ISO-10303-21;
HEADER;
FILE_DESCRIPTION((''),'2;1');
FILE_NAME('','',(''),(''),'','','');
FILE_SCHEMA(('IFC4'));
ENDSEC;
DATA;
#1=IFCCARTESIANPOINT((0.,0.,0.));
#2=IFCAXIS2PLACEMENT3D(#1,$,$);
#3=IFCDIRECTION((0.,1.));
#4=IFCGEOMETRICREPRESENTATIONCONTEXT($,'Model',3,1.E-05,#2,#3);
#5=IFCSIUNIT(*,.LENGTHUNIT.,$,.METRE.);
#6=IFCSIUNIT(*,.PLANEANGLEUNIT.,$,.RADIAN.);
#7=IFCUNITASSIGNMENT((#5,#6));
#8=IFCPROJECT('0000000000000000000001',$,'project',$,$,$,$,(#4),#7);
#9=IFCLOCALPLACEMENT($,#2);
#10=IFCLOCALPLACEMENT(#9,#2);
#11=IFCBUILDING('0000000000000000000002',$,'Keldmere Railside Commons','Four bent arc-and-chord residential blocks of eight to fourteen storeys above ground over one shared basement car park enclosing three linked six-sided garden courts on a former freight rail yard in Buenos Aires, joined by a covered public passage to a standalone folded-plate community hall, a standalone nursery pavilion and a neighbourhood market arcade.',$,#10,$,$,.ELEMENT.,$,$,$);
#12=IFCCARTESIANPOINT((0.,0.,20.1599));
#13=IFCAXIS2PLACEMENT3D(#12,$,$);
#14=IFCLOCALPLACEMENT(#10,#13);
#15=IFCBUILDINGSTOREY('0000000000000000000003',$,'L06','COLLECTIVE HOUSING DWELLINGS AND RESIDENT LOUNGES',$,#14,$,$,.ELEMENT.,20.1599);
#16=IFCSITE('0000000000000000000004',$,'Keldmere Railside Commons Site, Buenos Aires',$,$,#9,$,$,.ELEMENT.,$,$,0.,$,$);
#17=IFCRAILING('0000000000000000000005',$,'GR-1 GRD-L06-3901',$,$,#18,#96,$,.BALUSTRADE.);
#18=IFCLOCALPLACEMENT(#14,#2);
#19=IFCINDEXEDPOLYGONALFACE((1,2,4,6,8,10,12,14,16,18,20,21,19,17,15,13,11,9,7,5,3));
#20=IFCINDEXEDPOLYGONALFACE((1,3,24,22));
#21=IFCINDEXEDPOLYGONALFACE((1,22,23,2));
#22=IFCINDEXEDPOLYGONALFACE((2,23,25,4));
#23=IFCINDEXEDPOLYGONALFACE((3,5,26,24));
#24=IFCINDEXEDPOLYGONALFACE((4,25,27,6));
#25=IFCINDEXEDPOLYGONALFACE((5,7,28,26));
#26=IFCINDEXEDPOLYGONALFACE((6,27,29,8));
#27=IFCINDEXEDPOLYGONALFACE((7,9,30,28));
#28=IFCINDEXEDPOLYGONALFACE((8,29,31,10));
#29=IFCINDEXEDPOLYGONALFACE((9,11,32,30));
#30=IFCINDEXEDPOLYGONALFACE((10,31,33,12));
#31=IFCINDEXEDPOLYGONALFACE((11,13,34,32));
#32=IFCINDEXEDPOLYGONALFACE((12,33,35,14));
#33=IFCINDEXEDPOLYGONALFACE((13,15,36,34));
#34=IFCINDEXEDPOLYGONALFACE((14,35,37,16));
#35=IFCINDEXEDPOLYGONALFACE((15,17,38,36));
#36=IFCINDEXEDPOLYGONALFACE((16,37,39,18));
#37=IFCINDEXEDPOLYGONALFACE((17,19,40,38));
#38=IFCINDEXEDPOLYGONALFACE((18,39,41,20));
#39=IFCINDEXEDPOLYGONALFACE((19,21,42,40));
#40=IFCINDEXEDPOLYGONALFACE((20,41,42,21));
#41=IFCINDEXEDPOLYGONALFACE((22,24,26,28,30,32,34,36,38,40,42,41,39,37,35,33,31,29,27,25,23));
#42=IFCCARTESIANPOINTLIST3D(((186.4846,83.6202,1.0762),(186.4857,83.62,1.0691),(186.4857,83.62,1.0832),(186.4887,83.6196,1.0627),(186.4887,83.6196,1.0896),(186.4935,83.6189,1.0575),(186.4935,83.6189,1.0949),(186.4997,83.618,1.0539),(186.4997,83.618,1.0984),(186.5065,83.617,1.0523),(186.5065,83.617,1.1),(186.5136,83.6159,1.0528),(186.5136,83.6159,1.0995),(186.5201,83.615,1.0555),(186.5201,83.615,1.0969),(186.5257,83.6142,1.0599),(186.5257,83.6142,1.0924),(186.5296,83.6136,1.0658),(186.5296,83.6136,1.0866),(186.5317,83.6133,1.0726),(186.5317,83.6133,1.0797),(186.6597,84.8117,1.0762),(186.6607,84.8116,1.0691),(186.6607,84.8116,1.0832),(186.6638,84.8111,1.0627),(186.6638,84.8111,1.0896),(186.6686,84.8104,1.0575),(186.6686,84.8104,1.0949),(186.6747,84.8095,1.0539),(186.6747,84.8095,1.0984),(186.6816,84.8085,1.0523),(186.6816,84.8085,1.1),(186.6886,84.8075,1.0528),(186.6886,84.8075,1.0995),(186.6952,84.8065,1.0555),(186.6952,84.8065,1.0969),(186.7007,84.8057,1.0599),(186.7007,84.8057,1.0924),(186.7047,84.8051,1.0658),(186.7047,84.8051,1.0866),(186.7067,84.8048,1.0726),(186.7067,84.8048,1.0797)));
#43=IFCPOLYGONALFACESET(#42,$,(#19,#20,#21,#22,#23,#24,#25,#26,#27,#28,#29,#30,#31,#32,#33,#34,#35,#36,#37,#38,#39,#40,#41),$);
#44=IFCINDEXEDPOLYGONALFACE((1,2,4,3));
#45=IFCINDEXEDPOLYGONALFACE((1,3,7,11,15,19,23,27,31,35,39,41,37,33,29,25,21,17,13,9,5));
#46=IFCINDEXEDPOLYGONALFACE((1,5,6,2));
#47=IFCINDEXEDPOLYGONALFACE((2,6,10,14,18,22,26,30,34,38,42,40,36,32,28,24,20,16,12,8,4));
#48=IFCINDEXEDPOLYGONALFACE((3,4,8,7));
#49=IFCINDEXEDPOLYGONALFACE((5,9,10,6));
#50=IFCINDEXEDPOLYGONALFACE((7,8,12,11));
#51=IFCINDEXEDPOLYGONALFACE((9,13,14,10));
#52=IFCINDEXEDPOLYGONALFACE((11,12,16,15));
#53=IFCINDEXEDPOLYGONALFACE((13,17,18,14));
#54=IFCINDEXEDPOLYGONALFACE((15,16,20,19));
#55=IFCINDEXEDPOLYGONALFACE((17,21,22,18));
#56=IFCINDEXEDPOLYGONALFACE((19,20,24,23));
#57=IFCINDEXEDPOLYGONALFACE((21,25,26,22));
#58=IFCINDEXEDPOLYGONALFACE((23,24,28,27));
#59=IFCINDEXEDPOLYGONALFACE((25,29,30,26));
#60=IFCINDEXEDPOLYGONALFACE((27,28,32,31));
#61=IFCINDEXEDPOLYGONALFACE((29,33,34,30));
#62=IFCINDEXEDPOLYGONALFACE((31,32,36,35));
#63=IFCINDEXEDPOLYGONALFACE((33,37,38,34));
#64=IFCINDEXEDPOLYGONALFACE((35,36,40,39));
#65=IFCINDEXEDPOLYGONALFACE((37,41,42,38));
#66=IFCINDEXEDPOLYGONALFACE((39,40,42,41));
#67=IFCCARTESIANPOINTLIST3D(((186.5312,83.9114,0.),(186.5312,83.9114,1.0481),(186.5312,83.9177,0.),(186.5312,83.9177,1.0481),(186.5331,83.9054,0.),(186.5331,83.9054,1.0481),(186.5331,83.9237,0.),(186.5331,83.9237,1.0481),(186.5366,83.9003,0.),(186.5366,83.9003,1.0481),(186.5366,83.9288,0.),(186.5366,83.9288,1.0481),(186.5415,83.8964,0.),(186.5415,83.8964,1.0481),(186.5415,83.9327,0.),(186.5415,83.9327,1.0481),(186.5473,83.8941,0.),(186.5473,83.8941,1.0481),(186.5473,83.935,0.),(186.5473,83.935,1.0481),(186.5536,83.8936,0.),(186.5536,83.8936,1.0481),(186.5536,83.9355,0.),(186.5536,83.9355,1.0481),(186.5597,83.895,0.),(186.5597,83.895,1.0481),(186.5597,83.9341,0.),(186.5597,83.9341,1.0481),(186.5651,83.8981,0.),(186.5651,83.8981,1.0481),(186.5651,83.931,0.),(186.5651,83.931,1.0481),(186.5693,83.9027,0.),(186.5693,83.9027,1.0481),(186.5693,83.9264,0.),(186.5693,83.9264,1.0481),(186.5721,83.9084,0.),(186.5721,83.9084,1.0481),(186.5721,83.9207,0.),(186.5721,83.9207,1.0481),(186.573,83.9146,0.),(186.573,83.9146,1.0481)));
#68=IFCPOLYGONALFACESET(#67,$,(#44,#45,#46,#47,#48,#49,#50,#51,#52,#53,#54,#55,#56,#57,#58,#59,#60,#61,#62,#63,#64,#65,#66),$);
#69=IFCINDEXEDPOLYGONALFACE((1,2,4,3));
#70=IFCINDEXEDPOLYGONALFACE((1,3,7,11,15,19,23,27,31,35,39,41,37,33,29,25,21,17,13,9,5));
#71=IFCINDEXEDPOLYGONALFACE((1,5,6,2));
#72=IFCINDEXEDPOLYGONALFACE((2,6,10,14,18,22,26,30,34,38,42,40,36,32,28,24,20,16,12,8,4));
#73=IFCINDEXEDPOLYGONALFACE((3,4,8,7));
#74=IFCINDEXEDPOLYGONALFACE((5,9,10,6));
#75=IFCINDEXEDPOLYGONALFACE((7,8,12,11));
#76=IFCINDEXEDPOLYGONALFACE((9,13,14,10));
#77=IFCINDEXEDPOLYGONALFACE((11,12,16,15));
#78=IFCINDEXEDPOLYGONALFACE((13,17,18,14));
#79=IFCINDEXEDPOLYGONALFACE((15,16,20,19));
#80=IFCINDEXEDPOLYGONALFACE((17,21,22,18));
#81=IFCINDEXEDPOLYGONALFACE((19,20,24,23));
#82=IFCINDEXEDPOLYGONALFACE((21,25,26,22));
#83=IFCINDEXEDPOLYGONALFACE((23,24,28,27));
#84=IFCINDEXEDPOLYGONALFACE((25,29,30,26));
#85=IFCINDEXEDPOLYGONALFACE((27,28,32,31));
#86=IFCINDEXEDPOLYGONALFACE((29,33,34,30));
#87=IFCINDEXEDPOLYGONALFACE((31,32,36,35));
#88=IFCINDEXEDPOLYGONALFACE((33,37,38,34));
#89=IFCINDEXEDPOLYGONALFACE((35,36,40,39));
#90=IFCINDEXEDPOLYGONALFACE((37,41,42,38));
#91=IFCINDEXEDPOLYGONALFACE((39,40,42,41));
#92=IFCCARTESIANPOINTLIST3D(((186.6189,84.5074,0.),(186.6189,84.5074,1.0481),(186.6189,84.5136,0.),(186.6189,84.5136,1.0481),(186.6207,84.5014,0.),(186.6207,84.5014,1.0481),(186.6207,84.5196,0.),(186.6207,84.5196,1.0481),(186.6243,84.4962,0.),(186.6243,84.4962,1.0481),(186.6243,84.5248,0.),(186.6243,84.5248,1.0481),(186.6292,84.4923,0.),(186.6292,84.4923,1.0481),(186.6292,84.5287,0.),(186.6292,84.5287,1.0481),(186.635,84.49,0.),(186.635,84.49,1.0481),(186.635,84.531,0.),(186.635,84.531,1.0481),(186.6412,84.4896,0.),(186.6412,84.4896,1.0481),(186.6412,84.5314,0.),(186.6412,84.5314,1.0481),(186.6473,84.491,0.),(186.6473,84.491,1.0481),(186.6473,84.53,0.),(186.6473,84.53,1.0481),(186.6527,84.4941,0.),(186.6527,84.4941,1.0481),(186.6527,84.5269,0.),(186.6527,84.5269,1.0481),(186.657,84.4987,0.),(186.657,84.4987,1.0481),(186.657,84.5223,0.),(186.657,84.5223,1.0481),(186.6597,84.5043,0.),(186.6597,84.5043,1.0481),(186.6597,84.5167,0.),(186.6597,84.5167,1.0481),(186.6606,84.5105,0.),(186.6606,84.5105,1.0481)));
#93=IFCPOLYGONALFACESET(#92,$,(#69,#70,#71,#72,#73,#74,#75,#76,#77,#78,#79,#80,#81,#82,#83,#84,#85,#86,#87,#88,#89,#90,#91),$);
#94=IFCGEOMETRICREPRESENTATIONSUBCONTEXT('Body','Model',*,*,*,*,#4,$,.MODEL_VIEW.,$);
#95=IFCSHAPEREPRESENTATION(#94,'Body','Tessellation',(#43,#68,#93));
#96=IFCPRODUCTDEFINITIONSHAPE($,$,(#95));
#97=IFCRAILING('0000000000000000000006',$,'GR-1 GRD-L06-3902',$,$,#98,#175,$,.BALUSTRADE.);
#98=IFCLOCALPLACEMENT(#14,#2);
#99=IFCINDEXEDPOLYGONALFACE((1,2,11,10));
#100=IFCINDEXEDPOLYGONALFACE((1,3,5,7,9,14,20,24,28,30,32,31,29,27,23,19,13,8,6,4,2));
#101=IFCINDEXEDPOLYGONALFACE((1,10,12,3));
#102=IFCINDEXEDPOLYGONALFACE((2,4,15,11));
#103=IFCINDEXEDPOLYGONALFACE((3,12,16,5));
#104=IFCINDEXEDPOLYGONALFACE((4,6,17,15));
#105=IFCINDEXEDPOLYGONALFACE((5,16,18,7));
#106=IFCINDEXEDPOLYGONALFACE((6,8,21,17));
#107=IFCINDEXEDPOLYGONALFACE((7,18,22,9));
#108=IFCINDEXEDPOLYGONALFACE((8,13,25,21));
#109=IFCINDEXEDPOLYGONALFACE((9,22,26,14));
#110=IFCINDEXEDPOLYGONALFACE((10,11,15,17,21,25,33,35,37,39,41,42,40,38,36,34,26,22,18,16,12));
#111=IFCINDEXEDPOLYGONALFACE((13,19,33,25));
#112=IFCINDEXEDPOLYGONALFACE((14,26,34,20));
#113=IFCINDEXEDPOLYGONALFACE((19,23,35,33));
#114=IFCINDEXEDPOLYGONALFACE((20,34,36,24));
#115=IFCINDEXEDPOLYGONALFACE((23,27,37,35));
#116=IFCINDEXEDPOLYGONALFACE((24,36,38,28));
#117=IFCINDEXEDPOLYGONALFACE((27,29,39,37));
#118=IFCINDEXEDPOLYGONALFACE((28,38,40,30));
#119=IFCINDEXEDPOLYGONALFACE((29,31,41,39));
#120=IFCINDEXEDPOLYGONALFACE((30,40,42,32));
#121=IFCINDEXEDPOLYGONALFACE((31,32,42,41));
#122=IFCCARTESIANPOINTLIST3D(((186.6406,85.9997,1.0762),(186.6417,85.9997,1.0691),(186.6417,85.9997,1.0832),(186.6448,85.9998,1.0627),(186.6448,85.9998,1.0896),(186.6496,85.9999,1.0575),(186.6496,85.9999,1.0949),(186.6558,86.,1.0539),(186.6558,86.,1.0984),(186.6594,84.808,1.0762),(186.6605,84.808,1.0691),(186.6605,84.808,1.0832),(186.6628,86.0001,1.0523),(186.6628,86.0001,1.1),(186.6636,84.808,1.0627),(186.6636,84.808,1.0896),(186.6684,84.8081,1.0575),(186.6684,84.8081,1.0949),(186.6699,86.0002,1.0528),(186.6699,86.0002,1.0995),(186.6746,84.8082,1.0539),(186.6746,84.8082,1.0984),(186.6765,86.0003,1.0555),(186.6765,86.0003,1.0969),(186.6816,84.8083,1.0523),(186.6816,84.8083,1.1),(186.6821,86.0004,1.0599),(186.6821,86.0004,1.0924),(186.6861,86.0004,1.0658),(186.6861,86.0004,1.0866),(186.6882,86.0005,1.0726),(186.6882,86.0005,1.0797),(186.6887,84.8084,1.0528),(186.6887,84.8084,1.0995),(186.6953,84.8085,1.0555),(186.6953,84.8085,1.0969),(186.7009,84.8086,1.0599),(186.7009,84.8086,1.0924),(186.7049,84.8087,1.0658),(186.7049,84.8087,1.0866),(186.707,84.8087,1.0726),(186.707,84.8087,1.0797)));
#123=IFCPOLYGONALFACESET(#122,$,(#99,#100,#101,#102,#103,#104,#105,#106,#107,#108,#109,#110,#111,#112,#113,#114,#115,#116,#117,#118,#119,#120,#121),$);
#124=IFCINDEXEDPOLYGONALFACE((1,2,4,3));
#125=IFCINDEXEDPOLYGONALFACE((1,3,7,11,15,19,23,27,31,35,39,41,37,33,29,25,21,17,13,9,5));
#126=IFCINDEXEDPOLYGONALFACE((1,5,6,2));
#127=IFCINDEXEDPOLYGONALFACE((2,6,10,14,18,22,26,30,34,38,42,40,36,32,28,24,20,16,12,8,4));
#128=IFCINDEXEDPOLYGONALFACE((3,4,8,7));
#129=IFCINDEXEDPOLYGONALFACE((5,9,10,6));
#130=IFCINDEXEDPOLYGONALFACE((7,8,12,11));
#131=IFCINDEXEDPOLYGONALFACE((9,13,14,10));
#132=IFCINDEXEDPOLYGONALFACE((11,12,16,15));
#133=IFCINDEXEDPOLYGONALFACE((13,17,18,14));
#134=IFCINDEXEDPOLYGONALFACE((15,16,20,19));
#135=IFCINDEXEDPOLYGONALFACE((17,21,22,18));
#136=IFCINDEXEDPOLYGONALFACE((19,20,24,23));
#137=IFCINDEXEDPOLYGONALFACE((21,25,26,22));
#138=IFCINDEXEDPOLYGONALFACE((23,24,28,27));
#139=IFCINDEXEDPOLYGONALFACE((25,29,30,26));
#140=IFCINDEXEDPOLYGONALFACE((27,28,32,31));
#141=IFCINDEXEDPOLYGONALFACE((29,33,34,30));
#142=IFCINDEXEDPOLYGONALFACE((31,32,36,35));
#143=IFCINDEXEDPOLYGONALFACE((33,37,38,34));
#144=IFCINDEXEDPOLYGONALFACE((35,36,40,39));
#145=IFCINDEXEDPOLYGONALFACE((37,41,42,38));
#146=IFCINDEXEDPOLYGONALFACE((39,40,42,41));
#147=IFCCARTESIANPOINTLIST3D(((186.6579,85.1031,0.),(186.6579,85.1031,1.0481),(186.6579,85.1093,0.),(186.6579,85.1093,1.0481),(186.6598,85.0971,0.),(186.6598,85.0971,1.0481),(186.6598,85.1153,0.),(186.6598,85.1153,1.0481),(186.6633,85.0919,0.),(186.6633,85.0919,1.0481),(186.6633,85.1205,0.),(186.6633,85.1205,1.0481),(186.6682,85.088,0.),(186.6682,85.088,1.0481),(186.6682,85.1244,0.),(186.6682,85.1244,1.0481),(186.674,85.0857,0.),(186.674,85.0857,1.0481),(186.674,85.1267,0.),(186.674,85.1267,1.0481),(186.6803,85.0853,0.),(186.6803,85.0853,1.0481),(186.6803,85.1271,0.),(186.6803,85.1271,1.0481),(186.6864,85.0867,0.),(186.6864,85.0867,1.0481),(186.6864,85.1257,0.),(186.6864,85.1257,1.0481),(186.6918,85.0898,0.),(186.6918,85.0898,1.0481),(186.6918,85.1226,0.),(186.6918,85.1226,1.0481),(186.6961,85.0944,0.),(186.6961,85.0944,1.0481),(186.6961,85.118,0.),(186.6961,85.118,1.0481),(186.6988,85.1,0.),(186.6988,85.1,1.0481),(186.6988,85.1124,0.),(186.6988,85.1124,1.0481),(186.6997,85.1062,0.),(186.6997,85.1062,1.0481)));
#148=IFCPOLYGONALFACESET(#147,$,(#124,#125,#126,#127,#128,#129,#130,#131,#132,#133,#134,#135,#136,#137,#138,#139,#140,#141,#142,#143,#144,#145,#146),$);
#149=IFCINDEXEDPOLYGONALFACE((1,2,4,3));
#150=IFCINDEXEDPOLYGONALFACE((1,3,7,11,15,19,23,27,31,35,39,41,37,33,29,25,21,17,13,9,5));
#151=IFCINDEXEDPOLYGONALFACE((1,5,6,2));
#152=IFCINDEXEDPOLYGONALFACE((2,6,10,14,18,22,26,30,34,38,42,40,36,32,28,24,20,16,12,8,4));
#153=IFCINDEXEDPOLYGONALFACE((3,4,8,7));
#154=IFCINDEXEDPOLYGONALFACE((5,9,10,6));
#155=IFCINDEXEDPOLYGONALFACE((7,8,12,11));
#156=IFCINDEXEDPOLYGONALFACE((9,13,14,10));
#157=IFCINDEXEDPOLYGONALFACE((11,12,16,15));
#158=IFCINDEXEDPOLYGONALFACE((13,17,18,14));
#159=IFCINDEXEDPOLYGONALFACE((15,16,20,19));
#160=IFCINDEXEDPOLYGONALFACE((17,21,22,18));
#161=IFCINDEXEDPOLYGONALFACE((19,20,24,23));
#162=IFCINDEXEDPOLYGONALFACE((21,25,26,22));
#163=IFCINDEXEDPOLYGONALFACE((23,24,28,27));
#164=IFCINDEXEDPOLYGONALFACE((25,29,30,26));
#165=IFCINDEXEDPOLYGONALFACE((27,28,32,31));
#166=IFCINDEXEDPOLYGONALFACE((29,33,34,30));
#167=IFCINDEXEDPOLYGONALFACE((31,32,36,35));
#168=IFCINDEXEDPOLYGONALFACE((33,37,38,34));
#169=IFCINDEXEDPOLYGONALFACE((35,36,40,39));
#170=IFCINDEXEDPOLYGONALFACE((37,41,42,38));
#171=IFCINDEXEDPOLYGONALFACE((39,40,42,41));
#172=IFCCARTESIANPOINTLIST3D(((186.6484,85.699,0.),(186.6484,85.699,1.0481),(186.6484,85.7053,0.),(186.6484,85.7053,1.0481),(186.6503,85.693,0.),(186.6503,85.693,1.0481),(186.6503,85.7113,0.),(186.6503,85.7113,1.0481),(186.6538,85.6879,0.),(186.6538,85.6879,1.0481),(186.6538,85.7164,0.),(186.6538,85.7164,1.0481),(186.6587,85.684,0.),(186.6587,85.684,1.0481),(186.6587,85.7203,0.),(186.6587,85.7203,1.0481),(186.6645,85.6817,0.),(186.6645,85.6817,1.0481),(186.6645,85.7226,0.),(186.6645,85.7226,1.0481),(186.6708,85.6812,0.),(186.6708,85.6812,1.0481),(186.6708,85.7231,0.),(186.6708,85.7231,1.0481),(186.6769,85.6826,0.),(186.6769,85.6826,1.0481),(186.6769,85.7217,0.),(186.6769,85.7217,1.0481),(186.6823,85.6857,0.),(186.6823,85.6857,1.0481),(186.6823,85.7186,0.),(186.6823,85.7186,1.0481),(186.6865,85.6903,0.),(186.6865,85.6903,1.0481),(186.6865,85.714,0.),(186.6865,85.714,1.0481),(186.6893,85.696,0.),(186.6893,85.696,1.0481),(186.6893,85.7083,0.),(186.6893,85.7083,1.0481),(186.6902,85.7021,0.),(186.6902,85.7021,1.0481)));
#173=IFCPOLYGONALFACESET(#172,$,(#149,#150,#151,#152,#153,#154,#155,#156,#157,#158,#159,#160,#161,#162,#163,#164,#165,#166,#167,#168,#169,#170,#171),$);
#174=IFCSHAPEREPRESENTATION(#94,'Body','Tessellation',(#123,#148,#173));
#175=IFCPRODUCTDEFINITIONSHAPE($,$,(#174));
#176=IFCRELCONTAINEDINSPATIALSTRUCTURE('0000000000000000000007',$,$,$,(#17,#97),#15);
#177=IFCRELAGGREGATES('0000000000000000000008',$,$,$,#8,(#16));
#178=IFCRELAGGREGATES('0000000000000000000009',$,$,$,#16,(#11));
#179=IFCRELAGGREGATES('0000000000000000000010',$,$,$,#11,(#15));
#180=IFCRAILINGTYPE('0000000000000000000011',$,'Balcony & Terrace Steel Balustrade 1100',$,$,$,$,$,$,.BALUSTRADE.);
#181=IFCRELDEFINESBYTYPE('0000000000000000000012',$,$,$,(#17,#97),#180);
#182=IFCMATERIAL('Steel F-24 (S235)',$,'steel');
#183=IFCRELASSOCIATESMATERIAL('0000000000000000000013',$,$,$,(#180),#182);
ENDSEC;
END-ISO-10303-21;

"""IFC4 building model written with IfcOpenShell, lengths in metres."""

from ifc_helpers import new_model, si_unit, direction, frame, origin, origin_2d, place, context, subcontext, project, spatial, circle, extrude, material, type_object, element, save


model = new_model("IFC4")

# Units and contexts
model_context = context("Model", 3, precision=1e-05, world=origin(), true_north=direction((0.0, 1.0)))
body_context = subcontext(model_context, "Body", "Model", "MODEL_VIEW")
ifc_project = project(units=[si_unit("LENGTHUNIT", "METRE"), si_unit("PLANEANGLEUNIT", "RADIAN")], contexts=[model_context])

# Site, building, storey
site_placement = place(None, origin())
site = spatial("IfcSite", under=ifc_project, at=site_placement, Name="Keldmere Railside Commons Site, Buenos Aires", CompositionType="ELEMENT", RefElevation=0.0)
building_placement = place(site_placement, origin())
building = spatial("IfcBuilding", under=site, at=building_placement, Name="Keldmere Railside Commons", Description="Four bent arc-and-chord residential blocks of eight to fourteen storeys above ground over one shared basement car park enclosing three linked six-sided garden courts on a former freight rail yard in Buenos Aires, joined by a covered public passage to a standalone folded-plate community hall, a standalone nursery pavilion and a neighbourhood market arcade.", CompositionType="ELEMENT")
storey_placement = place(building_placement, frame((0.0, 0.0, 20.1599)))
storey = spatial("IfcBuildingStorey", under=building, at=storey_placement, Name="L06", Description="COLLECTIVE HOUSING DWELLINGS AND RESIDENT LOUNGES", CompositionType="ELEMENT", Elevation=20.1599)

# Railings
ifc_material_1 = material(Name="Steel F-24 (S235)", Category="steel")
railing_type = type_object("IfcRailingType", Name="Balcony & Terrace Steel Balustrade 1100", PredefinedType="BALUSTRADE", material=ifc_material_1)
railing_1_placement = place(storey_placement, frame((186.5083, 83.6167, 0.0)))
element("IfcRailing", 1, at=railing_1_placement, inside=storey, type_object=railing_type, Name="GR-1 GRD-L06-3901", PredefinedType="BALUSTRADE", context=body_context, shape_type="SweptSolid", body=[
    extrude(circle(Radius=0.0239, at=origin_2d()), frame((0.0, 0.0, 1.0762), z_axis=(0.145336, 0.989382, 0.0), x_axis=(-0.989382, 0.145336, 0.0)), (0.0, 0.0, 1.0), 1.2043),
    extrude(circle(Radius=0.021, at=origin_2d()), frame((0.0437, 0.2979, 0.0)), (0.0, 0.0, 1.0), 1.0481),
    extrude(circle(Radius=0.021, at=origin_2d()), frame((0.1313, 0.8938, 0.0)), (0.0, 0.0, 1.0), 1.0481),
])
railing_2_placement = place(storey_placement, frame((186.6833, 84.8083, 0.0)))
element("IfcRailing", 2, at=railing_2_placement, inside=storey, type_object=railing_type, Name="GR-1 GRD-L06-3902", PredefinedType="BALUSTRADE", context=body_context, shape_type="SweptSolid", body=[
    extrude(circle(Radius=0.0239, at=origin_2d()), frame((0.0, 0.0, 1.0762), z_axis=(-0.015773, 0.999876, 0.0), x_axis=(-0.999876, -0.015773, 0.0)), (0.0, 0.0, 1.0), 1.1919),
    extrude(circle(Radius=0.021, at=origin_2d()), frame((-0.0046, 0.2979, 0.0)), (0.0, 0.0, 1.0), 1.0481),
    extrude(circle(Radius=0.021, at=origin_2d()), frame((-0.0142, 0.8938, 0.0)), (0.0, 0.0, 1.0), 1.0481),
])

save(model, "model.ifc")
